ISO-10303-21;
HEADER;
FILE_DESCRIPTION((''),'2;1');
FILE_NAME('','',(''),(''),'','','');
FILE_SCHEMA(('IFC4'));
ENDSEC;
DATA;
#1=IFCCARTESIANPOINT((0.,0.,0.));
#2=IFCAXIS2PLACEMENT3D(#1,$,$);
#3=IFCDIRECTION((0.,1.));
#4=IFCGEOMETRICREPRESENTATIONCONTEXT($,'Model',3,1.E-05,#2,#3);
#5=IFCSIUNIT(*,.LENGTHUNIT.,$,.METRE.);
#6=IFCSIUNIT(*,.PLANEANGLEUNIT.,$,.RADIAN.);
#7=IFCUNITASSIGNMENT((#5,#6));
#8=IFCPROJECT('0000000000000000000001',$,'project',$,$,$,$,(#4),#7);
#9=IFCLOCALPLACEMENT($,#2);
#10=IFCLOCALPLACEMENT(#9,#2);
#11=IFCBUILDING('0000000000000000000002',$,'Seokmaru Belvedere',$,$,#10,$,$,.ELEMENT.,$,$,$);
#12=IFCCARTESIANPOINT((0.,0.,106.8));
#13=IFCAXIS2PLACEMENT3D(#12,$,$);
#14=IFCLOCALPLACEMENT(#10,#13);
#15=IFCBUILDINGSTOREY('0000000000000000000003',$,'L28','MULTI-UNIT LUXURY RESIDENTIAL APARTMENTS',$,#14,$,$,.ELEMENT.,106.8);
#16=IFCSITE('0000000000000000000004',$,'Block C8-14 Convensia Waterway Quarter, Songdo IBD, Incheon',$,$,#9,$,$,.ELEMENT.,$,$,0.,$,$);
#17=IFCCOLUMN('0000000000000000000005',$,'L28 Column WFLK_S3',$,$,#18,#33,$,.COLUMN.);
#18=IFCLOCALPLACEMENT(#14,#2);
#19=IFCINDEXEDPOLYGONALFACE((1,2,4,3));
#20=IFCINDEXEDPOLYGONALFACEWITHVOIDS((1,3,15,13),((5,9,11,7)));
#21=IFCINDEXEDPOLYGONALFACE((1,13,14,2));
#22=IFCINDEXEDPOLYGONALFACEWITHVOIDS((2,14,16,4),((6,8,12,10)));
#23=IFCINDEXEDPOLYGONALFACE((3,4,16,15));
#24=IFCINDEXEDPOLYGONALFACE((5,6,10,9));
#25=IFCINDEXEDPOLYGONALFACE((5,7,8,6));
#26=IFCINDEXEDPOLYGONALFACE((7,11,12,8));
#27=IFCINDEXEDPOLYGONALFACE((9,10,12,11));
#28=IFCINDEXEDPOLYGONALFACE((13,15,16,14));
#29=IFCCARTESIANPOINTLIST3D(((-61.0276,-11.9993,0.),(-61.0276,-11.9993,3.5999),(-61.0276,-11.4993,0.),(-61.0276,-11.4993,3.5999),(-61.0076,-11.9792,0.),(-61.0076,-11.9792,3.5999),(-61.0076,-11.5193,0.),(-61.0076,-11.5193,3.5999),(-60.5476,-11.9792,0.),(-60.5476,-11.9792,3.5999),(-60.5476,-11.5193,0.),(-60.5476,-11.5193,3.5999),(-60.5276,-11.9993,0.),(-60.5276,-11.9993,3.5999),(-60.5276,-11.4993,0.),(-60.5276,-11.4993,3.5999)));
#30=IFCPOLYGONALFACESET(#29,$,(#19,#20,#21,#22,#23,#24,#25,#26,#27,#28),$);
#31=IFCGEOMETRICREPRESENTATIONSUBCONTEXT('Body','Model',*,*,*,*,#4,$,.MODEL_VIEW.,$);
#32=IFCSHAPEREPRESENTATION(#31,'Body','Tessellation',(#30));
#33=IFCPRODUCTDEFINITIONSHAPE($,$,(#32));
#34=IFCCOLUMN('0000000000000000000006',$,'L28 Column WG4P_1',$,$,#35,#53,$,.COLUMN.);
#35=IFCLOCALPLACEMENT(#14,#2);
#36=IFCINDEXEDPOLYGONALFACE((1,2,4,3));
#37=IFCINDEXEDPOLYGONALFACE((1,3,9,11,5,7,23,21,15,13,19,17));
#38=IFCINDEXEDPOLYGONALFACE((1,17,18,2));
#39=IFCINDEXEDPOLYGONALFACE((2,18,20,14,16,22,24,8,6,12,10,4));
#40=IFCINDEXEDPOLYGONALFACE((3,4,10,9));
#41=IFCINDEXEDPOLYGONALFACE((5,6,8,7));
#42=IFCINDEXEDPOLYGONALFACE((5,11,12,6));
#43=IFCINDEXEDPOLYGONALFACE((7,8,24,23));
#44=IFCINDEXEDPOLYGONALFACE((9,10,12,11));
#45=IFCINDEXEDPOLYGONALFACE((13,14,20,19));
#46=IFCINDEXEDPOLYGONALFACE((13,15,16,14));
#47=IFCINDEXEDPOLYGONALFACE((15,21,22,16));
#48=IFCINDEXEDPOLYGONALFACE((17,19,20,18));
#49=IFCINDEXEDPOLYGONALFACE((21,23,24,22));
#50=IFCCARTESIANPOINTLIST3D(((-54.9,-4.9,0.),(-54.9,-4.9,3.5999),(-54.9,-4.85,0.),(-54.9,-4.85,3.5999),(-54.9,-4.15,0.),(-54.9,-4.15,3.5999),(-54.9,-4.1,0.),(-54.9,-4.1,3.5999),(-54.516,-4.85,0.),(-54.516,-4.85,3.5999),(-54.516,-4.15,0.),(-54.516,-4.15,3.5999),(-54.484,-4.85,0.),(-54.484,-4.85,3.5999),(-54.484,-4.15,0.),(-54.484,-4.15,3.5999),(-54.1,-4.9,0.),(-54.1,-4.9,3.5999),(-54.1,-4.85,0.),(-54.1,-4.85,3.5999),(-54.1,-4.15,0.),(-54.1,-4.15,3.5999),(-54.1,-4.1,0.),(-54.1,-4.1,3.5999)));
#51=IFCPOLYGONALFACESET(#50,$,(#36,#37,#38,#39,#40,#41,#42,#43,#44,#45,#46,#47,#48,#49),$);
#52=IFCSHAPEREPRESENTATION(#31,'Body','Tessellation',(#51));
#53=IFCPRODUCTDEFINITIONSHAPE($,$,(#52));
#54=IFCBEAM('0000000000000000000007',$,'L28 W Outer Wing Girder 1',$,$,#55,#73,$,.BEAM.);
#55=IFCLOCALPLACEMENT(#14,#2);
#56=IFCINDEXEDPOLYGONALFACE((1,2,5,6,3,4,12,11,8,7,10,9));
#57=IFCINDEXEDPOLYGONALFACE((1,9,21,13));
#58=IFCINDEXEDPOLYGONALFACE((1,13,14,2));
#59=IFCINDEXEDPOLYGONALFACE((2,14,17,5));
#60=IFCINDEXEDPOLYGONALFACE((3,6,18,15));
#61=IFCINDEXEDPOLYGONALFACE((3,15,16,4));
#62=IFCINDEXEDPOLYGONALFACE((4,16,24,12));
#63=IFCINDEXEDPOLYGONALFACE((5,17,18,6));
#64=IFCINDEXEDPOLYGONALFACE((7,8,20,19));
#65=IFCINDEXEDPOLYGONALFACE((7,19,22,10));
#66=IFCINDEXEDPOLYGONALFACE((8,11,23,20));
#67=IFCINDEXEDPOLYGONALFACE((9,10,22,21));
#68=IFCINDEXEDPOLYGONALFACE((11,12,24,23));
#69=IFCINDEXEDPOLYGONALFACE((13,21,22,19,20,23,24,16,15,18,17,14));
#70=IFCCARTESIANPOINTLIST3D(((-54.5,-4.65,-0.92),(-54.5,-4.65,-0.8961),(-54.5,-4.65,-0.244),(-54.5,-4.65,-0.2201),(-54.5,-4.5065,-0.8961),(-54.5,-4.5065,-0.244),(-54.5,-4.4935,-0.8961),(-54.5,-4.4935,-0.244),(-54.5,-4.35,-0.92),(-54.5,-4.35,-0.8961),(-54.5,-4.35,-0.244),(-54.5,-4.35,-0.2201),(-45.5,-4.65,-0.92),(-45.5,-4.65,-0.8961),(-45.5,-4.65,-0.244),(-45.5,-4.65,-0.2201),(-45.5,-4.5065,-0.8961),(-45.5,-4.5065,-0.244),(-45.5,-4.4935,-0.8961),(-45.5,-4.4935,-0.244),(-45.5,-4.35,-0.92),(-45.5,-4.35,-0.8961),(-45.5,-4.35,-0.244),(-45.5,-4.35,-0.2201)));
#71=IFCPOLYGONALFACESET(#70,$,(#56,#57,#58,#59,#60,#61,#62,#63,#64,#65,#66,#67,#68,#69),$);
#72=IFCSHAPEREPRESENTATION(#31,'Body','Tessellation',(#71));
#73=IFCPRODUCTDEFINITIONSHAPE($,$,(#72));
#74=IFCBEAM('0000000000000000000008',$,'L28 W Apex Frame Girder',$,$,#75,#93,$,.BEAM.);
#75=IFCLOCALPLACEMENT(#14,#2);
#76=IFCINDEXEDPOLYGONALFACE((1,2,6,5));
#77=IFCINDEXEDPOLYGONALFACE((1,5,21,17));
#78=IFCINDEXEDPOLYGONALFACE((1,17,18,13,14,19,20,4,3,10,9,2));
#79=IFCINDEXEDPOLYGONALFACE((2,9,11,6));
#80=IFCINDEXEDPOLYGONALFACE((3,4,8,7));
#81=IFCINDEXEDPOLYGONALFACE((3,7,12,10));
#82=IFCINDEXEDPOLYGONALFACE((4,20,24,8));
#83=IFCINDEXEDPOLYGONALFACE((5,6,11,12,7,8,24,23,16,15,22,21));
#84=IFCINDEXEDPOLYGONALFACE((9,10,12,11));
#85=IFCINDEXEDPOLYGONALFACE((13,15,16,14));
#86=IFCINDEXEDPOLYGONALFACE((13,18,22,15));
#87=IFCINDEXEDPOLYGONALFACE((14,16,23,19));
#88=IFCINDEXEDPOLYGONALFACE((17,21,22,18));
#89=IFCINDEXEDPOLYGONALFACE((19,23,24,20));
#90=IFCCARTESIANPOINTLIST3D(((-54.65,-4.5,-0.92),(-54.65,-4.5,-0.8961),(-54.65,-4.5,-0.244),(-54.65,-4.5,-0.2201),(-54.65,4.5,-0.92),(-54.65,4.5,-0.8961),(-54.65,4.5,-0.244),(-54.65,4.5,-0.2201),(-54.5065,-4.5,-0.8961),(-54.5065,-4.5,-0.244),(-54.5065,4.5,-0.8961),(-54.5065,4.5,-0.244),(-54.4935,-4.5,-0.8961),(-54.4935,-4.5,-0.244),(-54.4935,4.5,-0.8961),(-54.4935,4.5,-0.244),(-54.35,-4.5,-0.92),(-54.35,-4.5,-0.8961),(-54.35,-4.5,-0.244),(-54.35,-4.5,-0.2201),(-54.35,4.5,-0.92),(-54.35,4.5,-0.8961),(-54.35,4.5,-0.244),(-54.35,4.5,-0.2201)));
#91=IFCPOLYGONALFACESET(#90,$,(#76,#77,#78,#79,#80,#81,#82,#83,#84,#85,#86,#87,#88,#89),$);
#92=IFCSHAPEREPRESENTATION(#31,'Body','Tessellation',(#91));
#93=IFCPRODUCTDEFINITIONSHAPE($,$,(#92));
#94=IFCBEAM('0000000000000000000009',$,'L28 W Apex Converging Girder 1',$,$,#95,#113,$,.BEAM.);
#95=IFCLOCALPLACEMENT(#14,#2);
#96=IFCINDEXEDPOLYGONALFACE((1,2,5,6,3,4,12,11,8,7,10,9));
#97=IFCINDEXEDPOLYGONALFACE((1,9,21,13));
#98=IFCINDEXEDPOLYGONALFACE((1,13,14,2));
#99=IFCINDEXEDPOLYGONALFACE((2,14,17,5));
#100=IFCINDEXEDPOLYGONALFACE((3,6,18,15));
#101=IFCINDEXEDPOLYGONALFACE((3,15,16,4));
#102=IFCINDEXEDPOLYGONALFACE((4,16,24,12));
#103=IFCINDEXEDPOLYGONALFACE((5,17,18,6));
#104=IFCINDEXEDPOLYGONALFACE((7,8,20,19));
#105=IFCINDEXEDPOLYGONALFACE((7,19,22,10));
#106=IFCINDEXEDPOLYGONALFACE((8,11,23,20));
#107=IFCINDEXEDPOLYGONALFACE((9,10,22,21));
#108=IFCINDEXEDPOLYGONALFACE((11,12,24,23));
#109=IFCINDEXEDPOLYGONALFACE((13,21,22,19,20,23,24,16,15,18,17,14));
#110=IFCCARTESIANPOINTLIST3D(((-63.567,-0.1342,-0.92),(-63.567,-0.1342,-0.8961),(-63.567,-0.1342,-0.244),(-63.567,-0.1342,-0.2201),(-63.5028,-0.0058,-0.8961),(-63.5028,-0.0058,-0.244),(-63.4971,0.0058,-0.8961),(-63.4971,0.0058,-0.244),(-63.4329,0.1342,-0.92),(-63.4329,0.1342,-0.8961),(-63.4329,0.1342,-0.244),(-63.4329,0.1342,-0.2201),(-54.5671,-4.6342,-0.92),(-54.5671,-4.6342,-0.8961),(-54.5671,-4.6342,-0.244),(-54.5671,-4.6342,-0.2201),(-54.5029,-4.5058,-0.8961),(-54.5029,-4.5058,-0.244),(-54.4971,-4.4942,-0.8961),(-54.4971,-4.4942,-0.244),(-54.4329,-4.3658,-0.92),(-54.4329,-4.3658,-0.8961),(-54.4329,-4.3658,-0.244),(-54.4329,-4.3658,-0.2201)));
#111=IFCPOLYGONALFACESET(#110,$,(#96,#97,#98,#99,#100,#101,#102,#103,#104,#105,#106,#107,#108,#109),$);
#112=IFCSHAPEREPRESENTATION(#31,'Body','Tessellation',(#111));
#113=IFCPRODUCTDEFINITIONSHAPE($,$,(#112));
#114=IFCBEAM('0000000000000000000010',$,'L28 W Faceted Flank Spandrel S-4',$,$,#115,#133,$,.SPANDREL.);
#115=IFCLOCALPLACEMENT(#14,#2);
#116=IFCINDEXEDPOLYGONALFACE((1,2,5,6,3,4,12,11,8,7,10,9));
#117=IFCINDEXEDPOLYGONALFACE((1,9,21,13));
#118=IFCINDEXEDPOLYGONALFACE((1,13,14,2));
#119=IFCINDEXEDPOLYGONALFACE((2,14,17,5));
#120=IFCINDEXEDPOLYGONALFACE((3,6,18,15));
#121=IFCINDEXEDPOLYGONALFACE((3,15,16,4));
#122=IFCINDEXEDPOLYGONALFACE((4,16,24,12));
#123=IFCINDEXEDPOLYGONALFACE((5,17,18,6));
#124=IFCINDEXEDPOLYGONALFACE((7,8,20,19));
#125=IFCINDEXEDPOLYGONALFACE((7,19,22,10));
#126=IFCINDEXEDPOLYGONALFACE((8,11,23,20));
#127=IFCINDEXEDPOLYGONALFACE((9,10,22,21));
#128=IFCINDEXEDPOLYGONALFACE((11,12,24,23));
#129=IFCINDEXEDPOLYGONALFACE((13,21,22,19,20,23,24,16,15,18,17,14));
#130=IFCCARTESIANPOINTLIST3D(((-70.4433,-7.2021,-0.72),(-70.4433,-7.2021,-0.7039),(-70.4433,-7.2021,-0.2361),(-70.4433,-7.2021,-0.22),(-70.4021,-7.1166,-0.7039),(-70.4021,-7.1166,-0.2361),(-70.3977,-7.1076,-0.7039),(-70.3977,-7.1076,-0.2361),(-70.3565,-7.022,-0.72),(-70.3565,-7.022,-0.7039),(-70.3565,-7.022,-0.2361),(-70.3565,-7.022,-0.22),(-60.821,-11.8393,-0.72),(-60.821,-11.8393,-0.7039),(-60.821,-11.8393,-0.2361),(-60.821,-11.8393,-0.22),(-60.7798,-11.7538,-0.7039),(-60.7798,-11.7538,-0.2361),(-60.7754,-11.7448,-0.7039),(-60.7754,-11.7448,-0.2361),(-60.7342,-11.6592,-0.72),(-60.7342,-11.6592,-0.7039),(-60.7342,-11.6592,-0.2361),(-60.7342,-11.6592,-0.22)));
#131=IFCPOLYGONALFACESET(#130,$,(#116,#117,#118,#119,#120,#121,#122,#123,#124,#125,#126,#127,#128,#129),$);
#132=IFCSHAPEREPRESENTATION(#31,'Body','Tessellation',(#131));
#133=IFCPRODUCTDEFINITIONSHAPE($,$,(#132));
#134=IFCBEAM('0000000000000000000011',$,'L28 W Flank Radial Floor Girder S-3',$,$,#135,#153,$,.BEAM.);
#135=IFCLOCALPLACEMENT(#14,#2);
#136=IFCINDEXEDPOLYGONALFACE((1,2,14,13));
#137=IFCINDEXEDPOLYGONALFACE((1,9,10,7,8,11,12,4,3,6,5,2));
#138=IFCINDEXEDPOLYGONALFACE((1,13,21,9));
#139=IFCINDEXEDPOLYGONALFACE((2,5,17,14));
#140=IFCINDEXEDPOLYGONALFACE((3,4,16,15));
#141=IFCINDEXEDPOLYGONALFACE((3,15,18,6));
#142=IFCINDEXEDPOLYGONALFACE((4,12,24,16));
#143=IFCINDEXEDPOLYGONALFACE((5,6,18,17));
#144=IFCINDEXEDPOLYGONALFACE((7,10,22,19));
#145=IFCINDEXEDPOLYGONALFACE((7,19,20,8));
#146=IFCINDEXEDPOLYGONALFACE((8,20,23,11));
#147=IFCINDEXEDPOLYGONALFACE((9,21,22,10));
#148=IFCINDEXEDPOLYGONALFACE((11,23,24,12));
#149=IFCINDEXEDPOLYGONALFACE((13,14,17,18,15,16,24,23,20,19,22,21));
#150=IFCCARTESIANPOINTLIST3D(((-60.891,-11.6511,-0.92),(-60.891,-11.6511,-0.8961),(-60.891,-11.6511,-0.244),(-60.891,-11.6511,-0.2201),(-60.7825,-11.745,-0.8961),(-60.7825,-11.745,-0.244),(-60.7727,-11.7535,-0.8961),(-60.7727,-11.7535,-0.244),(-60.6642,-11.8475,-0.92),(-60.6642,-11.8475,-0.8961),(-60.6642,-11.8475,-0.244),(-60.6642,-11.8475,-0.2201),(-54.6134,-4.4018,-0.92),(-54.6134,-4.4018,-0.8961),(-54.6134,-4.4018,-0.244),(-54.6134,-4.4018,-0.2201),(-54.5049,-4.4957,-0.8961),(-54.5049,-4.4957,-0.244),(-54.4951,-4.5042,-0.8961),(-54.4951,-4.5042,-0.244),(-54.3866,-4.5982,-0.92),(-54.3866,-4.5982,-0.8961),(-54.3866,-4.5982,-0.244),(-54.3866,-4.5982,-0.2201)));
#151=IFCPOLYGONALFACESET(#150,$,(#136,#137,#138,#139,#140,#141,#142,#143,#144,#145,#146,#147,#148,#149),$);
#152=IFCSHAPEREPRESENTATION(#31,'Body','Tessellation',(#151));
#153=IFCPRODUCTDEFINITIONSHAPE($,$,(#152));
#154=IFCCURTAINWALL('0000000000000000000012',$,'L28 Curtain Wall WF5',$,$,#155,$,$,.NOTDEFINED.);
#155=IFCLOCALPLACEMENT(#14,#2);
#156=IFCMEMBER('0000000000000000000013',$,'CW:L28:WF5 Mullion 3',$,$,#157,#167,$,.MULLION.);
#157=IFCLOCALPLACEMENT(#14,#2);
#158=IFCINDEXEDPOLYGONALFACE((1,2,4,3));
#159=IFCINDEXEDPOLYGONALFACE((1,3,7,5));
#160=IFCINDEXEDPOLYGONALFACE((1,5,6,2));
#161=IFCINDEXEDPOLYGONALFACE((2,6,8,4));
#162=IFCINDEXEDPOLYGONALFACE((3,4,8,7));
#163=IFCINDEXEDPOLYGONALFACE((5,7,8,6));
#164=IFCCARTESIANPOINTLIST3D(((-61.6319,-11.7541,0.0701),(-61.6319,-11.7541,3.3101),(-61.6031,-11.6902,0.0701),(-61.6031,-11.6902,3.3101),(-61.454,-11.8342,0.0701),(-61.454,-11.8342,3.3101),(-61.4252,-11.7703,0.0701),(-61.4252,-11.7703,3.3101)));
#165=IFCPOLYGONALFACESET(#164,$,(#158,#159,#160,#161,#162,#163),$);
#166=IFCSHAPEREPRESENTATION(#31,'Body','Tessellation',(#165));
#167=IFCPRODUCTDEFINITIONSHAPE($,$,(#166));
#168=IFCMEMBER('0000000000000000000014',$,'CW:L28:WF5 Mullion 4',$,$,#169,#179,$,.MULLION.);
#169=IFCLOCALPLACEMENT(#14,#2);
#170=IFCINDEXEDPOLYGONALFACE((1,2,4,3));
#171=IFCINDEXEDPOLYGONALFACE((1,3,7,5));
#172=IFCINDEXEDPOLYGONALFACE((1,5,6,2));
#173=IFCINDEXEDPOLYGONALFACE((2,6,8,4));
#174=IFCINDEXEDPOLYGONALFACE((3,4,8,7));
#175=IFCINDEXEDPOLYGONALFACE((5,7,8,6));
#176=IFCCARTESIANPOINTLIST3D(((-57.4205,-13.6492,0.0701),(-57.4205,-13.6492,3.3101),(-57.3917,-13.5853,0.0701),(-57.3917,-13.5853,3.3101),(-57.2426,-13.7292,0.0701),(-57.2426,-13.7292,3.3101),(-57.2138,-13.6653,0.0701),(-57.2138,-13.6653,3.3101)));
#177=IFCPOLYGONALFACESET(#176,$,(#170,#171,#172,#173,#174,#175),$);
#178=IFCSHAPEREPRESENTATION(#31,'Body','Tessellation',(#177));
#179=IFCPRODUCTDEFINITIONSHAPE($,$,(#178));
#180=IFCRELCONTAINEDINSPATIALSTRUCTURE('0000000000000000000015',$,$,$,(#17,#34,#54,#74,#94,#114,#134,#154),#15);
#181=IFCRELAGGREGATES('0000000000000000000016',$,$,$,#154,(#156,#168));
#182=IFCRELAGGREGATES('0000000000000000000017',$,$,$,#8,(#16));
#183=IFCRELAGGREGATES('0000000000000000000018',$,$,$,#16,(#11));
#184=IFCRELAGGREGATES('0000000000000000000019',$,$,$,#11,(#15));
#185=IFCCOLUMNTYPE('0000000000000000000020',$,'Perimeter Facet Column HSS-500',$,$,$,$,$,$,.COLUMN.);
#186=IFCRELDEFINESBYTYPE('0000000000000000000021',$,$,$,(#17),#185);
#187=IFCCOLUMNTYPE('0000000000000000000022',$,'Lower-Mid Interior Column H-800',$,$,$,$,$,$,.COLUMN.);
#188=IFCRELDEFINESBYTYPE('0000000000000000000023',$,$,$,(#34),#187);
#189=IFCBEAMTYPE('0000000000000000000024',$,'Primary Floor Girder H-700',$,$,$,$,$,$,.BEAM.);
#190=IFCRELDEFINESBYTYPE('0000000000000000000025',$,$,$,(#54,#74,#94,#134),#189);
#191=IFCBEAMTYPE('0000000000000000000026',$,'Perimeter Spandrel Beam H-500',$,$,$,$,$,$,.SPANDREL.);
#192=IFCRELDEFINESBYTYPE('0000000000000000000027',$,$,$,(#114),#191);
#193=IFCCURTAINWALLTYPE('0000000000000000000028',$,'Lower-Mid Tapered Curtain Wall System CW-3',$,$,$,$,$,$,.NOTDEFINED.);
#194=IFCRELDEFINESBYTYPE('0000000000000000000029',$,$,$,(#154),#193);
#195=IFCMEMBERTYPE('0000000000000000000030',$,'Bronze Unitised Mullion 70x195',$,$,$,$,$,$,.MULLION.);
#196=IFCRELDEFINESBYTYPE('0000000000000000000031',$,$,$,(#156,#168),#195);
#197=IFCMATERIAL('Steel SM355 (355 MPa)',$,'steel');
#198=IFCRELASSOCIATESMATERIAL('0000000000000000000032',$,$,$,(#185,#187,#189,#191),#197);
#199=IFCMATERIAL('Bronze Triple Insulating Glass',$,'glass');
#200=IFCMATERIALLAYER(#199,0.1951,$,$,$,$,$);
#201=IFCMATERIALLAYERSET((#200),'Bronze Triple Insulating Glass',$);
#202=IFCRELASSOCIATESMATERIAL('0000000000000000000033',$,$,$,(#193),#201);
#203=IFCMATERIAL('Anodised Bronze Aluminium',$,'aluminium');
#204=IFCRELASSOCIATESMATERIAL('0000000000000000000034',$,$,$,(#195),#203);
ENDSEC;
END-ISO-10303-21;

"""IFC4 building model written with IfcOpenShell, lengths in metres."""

from ifc_helpers import new_model, si_unit, direction, frame, origin, origin_2d, place, context, subcontext, project, spatial, rectangle, hollow_rectangle, i_section, extrude, source, transform, mapped, material, layer, layer_set, material_profile, profile_set, type_object, type_shapes, element, aggregate, save


model = new_model("IFC4")

# Units and contexts
model_context = context("Model", 3, precision=1e-05, world=origin(), true_north=direction((0.0, 1.0)))
body_context = subcontext(model_context, "Body", "Model", "MODEL_VIEW")
ifc_project = project(units=[si_unit("LENGTHUNIT", "METRE"), si_unit("PLANEANGLEUNIT", "RADIAN")], contexts=[model_context])

# Site, building, storey
site_placement = place(None, origin())
site = spatial("IfcSite", under=ifc_project, at=site_placement, Name="Block C8-14 Convensia Waterway Quarter, Songdo IBD, Incheon", CompositionType="ELEMENT", RefElevation=0.0)
building_placement = place(site_placement, origin())
building = spatial("IfcBuilding", under=site, at=building_placement, Name="Seokmaru Belvedere", CompositionType="ELEMENT")
storey_placement = place(building_placement, frame((0.0, 0.0, 106.8)))
storey = spatial("IfcBuildingStorey", under=building, at=storey_placement, Name="L28", Description="MULTI-UNIT LUXURY RESIDENTIAL APARTMENTS", CompositionType="ELEMENT", Elevation=106.8)

# Columns
ifc_material_1 = material(Name="Steel SM355 (355 MPa)", Category="steel")
ifc_material_profile_1 = material_profile(ifc_material_1, hollow_rectangle(XDim=0.5, YDim=0.5, WallThickness=0.02, at=origin_2d()), Name="HSS-500x500x20")
ifc_profile_set_1 = profile_set([ifc_material_profile_1], Name="Steel SM355 (355 MPa)")
column_type_1 = type_object("IfcColumnType", Name="Perimeter Facet Column HSS-500", PredefinedType="COLUMN", material=ifc_profile_set_1)
shared_shape_1 = source(origin(), body_context, "Body", "SweptSolid", [
    extrude(hollow_rectangle(XDim=0.5, YDim=0.5, WallThickness=0.02, at=origin_2d()), origin(), (0.0, 0.0, 1.0), 3.5999),
])
type_shapes(column_type_1, [shared_shape_1])
column_1_placement = place(storey_placement, frame((-60.7776, -11.7493, 0.0), z_axis=(0.0, 0.0, 1.0), x_axis=(1.0, 0.0, 0.0)))
element("IfcColumn", 1, at=column_1_placement, inside=storey, type_object=column_type_1, Name="L28 Column WFLK_S3", PredefinedType="COLUMN", context=body_context, shape_type="MappedRepresentation", body=[
    mapped(shared_shape_1, transform((0.0, 0.0, 0.0), scale=1.0)),
])
ifc_material_profile_2 = material_profile(ifc_material_1, i_section(OverallWidth=0.8, OverallDepth=0.8, WebThickness=0.032, FlangeThickness=0.05, at=origin_2d()), Name="H-800x800x32x50")
ifc_profile_set_2 = profile_set([ifc_material_profile_2], Name="Steel SM355 (355 MPa)")
column_type_2 = type_object("IfcColumnType", Name="Lower-Mid Interior Column H-800", PredefinedType="COLUMN", material=ifc_profile_set_2)
shared_shape_2 = source(origin(), body_context, "Body", "SweptSolid", [
    extrude(i_section(OverallWidth=0.8, OverallDepth=0.8, WebThickness=0.032, FlangeThickness=0.05, at=origin_2d()), origin(), (0.0, 0.0, 1.0), 3.5999),
])
type_shapes(column_type_2, [shared_shape_2])
column_2_placement = place(storey_placement, frame((-54.5, -4.5, 0.0), z_axis=(0.0, 0.0, 1.0), x_axis=(1.0, 0.0, 0.0)))
element("IfcColumn", 2, at=column_2_placement, inside=storey, type_object=column_type_2, Name="L28 Column WG4P_1", PredefinedType="COLUMN", context=body_context, shape_type="MappedRepresentation", body=[
    mapped(shared_shape_2, transform((0.0, 0.0, 0.0), scale=1.0)),
])

# Beams
ifc_material_profile_3 = material_profile(ifc_material_1, i_section(OverallWidth=0.3, OverallDepth=0.7, WebThickness=0.0129, FlangeThickness=0.0239, at=origin_2d()), Name="H-700x300x13x24")
ifc_profile_set_3 = profile_set([ifc_material_profile_3], Name="Steel SM355 (355 MPa)")
beam_type_1 = type_object("IfcBeamType", Name="Primary Floor Girder H-700", PredefinedType="BEAM", material=ifc_profile_set_3)
shared_shape_3 = source(origin(), body_context, "Body", "SweptSolid", [
    extrude(i_section(OverallWidth=0.3, OverallDepth=0.7, WebThickness=0.0129, FlangeThickness=0.0239, at=origin_2d()), origin(), (0.0, 0.0, 1.0), 9.0),
])
for number, where, z_axis, x_axis, name in (
    (3, (-54.5, -4.5, -0.5701), (1.0, 0.0, 0.0), (0.0, 1.0, 0.0), "L28 W Outer Wing Girder 1"),
    (4, (-54.5, -4.5, -0.5701), (0.0, 1.0, 0.0), (-1.0, 0.0, 0.0), "L28 W Apex Frame Girder"),
):
    element("IfcBeam", number, at=place(storey_placement, frame(where, z_axis=z_axis, x_axis=x_axis)), inside=storey, type_object=beam_type_1, Name=name, PredefinedType="BEAM", context=body_context, shape_type="MappedRepresentation", body=[
        mapped(shared_shape_3, transform((0.0, 0.0, 0.0), scale=1.0)),
    ])
shared_shape_4 = source(origin(), body_context, "Body", "SweptSolid", [
    extrude(i_section(OverallWidth=0.3, OverallDepth=0.7, WebThickness=0.0129, FlangeThickness=0.0239, at=origin_2d()), origin(), (0.0, 0.0, 1.0), 10.0623),
])
beam_1_placement = place(storey_placement, frame((-54.5, -4.5, -0.5701), z_axis=(-0.894427, 0.447214, 0.0), x_axis=(-0.447214, -0.894427, 0.0)))
element("IfcBeam", 5, at=beam_1_placement, inside=storey, type_object=beam_type_1, Name="L28 W Apex Converging Girder 1", PredefinedType="BEAM", context=body_context, shape_type="MappedRepresentation", body=[
    mapped(shared_shape_4, transform((0.0, 0.0, 0.0), scale=1.0)),
])
ifc_material_profile_4 = material_profile(ifc_material_1, i_section(OverallWidth=0.2, OverallDepth=0.5, WebThickness=0.01, FlangeThickness=0.0161, at=origin_2d()), Name="H-500x200x10x16")
ifc_profile_set_4 = profile_set([ifc_material_profile_4], Name="Steel SM355 (355 MPa)")
beam_type_2 = type_object("IfcBeamType", Name="Perimeter Spandrel Beam H-500", PredefinedType="SPANDREL", material=ifc_profile_set_4)
shared_shape_5 = source(origin(), body_context, "Body", "SweptSolid", [
    extrude(i_section(OverallWidth=0.2, OverallDepth=0.5, WebThickness=0.01, FlangeThickness=0.0161, at=origin_2d()), origin(), (0.0, 0.0, 1.0), 10.6814),
])
type_shapes(beam_type_2, [shared_shape_5])
beam_2_placement = place(storey_placement, frame((-60.7776, -11.7493, -0.47), z_axis=(-0.900846, 0.434138, 0.0), x_axis=(-0.434138, -0.900846, 0.0)))
element("IfcBeam", 6, at=beam_2_placement, inside=storey, type_object=beam_type_2, Name="L28 W Faceted Flank Spandrel S-4", PredefinedType="SPANDREL", context=body_context, shape_type="MappedRepresentation", body=[
    mapped(shared_shape_5, transform((0.0, 0.0, 0.0), scale=1.0)),
])
shared_shape_6 = source(origin(), body_context, "Body", "SweptSolid", [
    extrude(i_section(OverallWidth=0.3, OverallDepth=0.7, WebThickness=0.0129, FlangeThickness=0.0239, at=origin_2d()), origin(), (0.0, 0.0, 1.0), 9.5896),
])
type_shapes(beam_type_1, [shared_shape_3, shared_shape_4, shared_shape_6])
beam_3_placement = place(storey_placement, frame((-60.7776, -11.7493, -0.5701), z_axis=(0.654626, 0.755953, 0.0), x_axis=(-0.755953, 0.654626, 0.0)))
element("IfcBeam", 7, at=beam_3_placement, inside=storey, type_object=beam_type_1, Name="L28 W Flank Radial Floor Girder S-3", PredefinedType="BEAM", context=body_context, shape_type="MappedRepresentation", body=[
    mapped(shared_shape_6, transform((0.0, 0.0, 0.0), scale=1.0)),
])

# Curtain wall, members
ifc_material_2 = material(Name="Bronze Triple Insulating Glass", Category="glass")
ifc_layer_1 = layer(ifc_material_2, 0.1951)
ifc_layer_set_1 = layer_set([ifc_layer_1], Name="Bronze Triple Insulating Glass")
curtain_wall_type = type_object("IfcCurtainWallType", Name="Lower-Mid Tapered Curtain Wall System CW-3", PredefinedType="NOTDEFINED", material=ifc_layer_set_1)
curtain_wall_placement = place(storey_placement, origin())
curtain_wall = element("IfcCurtainWall", 8, at=curtain_wall_placement, inside=storey, type_object=curtain_wall_type, Name="L28 Curtain Wall WF5", PredefinedType="NOTDEFINED")
ifc_material_3 = material(Name="Anodised Bronze Aluminium", Category="aluminium")
ifc_material_profile_5 = material_profile(ifc_material_3, rectangle(XDim=0.0701, YDim=0.1951, at=origin_2d()), Name="CW-M-70x195")
ifc_profile_set_5 = profile_set([ifc_material_profile_5], Name="Anodised Bronze Aluminium")
member_type = type_object("IfcMemberType", Name="Bronze Unitised Mullion 70x195", PredefinedType="MULLION", material=ifc_profile_set_5)
shared_shape_7 = source(origin(), body_context, "Body", "SweptSolid", [
    extrude(rectangle(XDim=0.0701, YDim=0.1951, at=origin_2d()), origin(), (0.0, 0.0, 1.0), 3.24),
])
type_shapes(member_type, [shared_shape_7])
member_1_placement = place(storey_placement, frame((-61.5286, -11.7622, 0.0701), z_axis=(0.0, 0.0, 1.0), x_axis=(0.410366, 0.911921, 0.0)))
member_1 = element("IfcMember", 9, at=member_1_placement, type_object=member_type, Name="CW:L28:WF5 Mullion 3", PredefinedType="MULLION", context=body_context, shape_type="MappedRepresentation", body=[
    mapped(shared_shape_7, transform((0.0, 0.0, 0.0), scale=1.0)),
])
member_2_placement = place(storey_placement, frame((-57.3171, -13.6572, 0.0701), z_axis=(0.0, 0.0, 1.0), x_axis=(0.410366, 0.911921, 0.0)))
member_2 = element("IfcMember", 10, at=member_2_placement, type_object=member_type, Name="CW:L28:WF5 Mullion 4", PredefinedType="MULLION", context=body_context, shape_type="MappedRepresentation", body=[
    mapped(shared_shape_7, transform((0.0, 0.0, 0.0), scale=1.0)),
])
aggregate(curtain_wall, [member_1, member_2])

save(model, "model.ifc")
